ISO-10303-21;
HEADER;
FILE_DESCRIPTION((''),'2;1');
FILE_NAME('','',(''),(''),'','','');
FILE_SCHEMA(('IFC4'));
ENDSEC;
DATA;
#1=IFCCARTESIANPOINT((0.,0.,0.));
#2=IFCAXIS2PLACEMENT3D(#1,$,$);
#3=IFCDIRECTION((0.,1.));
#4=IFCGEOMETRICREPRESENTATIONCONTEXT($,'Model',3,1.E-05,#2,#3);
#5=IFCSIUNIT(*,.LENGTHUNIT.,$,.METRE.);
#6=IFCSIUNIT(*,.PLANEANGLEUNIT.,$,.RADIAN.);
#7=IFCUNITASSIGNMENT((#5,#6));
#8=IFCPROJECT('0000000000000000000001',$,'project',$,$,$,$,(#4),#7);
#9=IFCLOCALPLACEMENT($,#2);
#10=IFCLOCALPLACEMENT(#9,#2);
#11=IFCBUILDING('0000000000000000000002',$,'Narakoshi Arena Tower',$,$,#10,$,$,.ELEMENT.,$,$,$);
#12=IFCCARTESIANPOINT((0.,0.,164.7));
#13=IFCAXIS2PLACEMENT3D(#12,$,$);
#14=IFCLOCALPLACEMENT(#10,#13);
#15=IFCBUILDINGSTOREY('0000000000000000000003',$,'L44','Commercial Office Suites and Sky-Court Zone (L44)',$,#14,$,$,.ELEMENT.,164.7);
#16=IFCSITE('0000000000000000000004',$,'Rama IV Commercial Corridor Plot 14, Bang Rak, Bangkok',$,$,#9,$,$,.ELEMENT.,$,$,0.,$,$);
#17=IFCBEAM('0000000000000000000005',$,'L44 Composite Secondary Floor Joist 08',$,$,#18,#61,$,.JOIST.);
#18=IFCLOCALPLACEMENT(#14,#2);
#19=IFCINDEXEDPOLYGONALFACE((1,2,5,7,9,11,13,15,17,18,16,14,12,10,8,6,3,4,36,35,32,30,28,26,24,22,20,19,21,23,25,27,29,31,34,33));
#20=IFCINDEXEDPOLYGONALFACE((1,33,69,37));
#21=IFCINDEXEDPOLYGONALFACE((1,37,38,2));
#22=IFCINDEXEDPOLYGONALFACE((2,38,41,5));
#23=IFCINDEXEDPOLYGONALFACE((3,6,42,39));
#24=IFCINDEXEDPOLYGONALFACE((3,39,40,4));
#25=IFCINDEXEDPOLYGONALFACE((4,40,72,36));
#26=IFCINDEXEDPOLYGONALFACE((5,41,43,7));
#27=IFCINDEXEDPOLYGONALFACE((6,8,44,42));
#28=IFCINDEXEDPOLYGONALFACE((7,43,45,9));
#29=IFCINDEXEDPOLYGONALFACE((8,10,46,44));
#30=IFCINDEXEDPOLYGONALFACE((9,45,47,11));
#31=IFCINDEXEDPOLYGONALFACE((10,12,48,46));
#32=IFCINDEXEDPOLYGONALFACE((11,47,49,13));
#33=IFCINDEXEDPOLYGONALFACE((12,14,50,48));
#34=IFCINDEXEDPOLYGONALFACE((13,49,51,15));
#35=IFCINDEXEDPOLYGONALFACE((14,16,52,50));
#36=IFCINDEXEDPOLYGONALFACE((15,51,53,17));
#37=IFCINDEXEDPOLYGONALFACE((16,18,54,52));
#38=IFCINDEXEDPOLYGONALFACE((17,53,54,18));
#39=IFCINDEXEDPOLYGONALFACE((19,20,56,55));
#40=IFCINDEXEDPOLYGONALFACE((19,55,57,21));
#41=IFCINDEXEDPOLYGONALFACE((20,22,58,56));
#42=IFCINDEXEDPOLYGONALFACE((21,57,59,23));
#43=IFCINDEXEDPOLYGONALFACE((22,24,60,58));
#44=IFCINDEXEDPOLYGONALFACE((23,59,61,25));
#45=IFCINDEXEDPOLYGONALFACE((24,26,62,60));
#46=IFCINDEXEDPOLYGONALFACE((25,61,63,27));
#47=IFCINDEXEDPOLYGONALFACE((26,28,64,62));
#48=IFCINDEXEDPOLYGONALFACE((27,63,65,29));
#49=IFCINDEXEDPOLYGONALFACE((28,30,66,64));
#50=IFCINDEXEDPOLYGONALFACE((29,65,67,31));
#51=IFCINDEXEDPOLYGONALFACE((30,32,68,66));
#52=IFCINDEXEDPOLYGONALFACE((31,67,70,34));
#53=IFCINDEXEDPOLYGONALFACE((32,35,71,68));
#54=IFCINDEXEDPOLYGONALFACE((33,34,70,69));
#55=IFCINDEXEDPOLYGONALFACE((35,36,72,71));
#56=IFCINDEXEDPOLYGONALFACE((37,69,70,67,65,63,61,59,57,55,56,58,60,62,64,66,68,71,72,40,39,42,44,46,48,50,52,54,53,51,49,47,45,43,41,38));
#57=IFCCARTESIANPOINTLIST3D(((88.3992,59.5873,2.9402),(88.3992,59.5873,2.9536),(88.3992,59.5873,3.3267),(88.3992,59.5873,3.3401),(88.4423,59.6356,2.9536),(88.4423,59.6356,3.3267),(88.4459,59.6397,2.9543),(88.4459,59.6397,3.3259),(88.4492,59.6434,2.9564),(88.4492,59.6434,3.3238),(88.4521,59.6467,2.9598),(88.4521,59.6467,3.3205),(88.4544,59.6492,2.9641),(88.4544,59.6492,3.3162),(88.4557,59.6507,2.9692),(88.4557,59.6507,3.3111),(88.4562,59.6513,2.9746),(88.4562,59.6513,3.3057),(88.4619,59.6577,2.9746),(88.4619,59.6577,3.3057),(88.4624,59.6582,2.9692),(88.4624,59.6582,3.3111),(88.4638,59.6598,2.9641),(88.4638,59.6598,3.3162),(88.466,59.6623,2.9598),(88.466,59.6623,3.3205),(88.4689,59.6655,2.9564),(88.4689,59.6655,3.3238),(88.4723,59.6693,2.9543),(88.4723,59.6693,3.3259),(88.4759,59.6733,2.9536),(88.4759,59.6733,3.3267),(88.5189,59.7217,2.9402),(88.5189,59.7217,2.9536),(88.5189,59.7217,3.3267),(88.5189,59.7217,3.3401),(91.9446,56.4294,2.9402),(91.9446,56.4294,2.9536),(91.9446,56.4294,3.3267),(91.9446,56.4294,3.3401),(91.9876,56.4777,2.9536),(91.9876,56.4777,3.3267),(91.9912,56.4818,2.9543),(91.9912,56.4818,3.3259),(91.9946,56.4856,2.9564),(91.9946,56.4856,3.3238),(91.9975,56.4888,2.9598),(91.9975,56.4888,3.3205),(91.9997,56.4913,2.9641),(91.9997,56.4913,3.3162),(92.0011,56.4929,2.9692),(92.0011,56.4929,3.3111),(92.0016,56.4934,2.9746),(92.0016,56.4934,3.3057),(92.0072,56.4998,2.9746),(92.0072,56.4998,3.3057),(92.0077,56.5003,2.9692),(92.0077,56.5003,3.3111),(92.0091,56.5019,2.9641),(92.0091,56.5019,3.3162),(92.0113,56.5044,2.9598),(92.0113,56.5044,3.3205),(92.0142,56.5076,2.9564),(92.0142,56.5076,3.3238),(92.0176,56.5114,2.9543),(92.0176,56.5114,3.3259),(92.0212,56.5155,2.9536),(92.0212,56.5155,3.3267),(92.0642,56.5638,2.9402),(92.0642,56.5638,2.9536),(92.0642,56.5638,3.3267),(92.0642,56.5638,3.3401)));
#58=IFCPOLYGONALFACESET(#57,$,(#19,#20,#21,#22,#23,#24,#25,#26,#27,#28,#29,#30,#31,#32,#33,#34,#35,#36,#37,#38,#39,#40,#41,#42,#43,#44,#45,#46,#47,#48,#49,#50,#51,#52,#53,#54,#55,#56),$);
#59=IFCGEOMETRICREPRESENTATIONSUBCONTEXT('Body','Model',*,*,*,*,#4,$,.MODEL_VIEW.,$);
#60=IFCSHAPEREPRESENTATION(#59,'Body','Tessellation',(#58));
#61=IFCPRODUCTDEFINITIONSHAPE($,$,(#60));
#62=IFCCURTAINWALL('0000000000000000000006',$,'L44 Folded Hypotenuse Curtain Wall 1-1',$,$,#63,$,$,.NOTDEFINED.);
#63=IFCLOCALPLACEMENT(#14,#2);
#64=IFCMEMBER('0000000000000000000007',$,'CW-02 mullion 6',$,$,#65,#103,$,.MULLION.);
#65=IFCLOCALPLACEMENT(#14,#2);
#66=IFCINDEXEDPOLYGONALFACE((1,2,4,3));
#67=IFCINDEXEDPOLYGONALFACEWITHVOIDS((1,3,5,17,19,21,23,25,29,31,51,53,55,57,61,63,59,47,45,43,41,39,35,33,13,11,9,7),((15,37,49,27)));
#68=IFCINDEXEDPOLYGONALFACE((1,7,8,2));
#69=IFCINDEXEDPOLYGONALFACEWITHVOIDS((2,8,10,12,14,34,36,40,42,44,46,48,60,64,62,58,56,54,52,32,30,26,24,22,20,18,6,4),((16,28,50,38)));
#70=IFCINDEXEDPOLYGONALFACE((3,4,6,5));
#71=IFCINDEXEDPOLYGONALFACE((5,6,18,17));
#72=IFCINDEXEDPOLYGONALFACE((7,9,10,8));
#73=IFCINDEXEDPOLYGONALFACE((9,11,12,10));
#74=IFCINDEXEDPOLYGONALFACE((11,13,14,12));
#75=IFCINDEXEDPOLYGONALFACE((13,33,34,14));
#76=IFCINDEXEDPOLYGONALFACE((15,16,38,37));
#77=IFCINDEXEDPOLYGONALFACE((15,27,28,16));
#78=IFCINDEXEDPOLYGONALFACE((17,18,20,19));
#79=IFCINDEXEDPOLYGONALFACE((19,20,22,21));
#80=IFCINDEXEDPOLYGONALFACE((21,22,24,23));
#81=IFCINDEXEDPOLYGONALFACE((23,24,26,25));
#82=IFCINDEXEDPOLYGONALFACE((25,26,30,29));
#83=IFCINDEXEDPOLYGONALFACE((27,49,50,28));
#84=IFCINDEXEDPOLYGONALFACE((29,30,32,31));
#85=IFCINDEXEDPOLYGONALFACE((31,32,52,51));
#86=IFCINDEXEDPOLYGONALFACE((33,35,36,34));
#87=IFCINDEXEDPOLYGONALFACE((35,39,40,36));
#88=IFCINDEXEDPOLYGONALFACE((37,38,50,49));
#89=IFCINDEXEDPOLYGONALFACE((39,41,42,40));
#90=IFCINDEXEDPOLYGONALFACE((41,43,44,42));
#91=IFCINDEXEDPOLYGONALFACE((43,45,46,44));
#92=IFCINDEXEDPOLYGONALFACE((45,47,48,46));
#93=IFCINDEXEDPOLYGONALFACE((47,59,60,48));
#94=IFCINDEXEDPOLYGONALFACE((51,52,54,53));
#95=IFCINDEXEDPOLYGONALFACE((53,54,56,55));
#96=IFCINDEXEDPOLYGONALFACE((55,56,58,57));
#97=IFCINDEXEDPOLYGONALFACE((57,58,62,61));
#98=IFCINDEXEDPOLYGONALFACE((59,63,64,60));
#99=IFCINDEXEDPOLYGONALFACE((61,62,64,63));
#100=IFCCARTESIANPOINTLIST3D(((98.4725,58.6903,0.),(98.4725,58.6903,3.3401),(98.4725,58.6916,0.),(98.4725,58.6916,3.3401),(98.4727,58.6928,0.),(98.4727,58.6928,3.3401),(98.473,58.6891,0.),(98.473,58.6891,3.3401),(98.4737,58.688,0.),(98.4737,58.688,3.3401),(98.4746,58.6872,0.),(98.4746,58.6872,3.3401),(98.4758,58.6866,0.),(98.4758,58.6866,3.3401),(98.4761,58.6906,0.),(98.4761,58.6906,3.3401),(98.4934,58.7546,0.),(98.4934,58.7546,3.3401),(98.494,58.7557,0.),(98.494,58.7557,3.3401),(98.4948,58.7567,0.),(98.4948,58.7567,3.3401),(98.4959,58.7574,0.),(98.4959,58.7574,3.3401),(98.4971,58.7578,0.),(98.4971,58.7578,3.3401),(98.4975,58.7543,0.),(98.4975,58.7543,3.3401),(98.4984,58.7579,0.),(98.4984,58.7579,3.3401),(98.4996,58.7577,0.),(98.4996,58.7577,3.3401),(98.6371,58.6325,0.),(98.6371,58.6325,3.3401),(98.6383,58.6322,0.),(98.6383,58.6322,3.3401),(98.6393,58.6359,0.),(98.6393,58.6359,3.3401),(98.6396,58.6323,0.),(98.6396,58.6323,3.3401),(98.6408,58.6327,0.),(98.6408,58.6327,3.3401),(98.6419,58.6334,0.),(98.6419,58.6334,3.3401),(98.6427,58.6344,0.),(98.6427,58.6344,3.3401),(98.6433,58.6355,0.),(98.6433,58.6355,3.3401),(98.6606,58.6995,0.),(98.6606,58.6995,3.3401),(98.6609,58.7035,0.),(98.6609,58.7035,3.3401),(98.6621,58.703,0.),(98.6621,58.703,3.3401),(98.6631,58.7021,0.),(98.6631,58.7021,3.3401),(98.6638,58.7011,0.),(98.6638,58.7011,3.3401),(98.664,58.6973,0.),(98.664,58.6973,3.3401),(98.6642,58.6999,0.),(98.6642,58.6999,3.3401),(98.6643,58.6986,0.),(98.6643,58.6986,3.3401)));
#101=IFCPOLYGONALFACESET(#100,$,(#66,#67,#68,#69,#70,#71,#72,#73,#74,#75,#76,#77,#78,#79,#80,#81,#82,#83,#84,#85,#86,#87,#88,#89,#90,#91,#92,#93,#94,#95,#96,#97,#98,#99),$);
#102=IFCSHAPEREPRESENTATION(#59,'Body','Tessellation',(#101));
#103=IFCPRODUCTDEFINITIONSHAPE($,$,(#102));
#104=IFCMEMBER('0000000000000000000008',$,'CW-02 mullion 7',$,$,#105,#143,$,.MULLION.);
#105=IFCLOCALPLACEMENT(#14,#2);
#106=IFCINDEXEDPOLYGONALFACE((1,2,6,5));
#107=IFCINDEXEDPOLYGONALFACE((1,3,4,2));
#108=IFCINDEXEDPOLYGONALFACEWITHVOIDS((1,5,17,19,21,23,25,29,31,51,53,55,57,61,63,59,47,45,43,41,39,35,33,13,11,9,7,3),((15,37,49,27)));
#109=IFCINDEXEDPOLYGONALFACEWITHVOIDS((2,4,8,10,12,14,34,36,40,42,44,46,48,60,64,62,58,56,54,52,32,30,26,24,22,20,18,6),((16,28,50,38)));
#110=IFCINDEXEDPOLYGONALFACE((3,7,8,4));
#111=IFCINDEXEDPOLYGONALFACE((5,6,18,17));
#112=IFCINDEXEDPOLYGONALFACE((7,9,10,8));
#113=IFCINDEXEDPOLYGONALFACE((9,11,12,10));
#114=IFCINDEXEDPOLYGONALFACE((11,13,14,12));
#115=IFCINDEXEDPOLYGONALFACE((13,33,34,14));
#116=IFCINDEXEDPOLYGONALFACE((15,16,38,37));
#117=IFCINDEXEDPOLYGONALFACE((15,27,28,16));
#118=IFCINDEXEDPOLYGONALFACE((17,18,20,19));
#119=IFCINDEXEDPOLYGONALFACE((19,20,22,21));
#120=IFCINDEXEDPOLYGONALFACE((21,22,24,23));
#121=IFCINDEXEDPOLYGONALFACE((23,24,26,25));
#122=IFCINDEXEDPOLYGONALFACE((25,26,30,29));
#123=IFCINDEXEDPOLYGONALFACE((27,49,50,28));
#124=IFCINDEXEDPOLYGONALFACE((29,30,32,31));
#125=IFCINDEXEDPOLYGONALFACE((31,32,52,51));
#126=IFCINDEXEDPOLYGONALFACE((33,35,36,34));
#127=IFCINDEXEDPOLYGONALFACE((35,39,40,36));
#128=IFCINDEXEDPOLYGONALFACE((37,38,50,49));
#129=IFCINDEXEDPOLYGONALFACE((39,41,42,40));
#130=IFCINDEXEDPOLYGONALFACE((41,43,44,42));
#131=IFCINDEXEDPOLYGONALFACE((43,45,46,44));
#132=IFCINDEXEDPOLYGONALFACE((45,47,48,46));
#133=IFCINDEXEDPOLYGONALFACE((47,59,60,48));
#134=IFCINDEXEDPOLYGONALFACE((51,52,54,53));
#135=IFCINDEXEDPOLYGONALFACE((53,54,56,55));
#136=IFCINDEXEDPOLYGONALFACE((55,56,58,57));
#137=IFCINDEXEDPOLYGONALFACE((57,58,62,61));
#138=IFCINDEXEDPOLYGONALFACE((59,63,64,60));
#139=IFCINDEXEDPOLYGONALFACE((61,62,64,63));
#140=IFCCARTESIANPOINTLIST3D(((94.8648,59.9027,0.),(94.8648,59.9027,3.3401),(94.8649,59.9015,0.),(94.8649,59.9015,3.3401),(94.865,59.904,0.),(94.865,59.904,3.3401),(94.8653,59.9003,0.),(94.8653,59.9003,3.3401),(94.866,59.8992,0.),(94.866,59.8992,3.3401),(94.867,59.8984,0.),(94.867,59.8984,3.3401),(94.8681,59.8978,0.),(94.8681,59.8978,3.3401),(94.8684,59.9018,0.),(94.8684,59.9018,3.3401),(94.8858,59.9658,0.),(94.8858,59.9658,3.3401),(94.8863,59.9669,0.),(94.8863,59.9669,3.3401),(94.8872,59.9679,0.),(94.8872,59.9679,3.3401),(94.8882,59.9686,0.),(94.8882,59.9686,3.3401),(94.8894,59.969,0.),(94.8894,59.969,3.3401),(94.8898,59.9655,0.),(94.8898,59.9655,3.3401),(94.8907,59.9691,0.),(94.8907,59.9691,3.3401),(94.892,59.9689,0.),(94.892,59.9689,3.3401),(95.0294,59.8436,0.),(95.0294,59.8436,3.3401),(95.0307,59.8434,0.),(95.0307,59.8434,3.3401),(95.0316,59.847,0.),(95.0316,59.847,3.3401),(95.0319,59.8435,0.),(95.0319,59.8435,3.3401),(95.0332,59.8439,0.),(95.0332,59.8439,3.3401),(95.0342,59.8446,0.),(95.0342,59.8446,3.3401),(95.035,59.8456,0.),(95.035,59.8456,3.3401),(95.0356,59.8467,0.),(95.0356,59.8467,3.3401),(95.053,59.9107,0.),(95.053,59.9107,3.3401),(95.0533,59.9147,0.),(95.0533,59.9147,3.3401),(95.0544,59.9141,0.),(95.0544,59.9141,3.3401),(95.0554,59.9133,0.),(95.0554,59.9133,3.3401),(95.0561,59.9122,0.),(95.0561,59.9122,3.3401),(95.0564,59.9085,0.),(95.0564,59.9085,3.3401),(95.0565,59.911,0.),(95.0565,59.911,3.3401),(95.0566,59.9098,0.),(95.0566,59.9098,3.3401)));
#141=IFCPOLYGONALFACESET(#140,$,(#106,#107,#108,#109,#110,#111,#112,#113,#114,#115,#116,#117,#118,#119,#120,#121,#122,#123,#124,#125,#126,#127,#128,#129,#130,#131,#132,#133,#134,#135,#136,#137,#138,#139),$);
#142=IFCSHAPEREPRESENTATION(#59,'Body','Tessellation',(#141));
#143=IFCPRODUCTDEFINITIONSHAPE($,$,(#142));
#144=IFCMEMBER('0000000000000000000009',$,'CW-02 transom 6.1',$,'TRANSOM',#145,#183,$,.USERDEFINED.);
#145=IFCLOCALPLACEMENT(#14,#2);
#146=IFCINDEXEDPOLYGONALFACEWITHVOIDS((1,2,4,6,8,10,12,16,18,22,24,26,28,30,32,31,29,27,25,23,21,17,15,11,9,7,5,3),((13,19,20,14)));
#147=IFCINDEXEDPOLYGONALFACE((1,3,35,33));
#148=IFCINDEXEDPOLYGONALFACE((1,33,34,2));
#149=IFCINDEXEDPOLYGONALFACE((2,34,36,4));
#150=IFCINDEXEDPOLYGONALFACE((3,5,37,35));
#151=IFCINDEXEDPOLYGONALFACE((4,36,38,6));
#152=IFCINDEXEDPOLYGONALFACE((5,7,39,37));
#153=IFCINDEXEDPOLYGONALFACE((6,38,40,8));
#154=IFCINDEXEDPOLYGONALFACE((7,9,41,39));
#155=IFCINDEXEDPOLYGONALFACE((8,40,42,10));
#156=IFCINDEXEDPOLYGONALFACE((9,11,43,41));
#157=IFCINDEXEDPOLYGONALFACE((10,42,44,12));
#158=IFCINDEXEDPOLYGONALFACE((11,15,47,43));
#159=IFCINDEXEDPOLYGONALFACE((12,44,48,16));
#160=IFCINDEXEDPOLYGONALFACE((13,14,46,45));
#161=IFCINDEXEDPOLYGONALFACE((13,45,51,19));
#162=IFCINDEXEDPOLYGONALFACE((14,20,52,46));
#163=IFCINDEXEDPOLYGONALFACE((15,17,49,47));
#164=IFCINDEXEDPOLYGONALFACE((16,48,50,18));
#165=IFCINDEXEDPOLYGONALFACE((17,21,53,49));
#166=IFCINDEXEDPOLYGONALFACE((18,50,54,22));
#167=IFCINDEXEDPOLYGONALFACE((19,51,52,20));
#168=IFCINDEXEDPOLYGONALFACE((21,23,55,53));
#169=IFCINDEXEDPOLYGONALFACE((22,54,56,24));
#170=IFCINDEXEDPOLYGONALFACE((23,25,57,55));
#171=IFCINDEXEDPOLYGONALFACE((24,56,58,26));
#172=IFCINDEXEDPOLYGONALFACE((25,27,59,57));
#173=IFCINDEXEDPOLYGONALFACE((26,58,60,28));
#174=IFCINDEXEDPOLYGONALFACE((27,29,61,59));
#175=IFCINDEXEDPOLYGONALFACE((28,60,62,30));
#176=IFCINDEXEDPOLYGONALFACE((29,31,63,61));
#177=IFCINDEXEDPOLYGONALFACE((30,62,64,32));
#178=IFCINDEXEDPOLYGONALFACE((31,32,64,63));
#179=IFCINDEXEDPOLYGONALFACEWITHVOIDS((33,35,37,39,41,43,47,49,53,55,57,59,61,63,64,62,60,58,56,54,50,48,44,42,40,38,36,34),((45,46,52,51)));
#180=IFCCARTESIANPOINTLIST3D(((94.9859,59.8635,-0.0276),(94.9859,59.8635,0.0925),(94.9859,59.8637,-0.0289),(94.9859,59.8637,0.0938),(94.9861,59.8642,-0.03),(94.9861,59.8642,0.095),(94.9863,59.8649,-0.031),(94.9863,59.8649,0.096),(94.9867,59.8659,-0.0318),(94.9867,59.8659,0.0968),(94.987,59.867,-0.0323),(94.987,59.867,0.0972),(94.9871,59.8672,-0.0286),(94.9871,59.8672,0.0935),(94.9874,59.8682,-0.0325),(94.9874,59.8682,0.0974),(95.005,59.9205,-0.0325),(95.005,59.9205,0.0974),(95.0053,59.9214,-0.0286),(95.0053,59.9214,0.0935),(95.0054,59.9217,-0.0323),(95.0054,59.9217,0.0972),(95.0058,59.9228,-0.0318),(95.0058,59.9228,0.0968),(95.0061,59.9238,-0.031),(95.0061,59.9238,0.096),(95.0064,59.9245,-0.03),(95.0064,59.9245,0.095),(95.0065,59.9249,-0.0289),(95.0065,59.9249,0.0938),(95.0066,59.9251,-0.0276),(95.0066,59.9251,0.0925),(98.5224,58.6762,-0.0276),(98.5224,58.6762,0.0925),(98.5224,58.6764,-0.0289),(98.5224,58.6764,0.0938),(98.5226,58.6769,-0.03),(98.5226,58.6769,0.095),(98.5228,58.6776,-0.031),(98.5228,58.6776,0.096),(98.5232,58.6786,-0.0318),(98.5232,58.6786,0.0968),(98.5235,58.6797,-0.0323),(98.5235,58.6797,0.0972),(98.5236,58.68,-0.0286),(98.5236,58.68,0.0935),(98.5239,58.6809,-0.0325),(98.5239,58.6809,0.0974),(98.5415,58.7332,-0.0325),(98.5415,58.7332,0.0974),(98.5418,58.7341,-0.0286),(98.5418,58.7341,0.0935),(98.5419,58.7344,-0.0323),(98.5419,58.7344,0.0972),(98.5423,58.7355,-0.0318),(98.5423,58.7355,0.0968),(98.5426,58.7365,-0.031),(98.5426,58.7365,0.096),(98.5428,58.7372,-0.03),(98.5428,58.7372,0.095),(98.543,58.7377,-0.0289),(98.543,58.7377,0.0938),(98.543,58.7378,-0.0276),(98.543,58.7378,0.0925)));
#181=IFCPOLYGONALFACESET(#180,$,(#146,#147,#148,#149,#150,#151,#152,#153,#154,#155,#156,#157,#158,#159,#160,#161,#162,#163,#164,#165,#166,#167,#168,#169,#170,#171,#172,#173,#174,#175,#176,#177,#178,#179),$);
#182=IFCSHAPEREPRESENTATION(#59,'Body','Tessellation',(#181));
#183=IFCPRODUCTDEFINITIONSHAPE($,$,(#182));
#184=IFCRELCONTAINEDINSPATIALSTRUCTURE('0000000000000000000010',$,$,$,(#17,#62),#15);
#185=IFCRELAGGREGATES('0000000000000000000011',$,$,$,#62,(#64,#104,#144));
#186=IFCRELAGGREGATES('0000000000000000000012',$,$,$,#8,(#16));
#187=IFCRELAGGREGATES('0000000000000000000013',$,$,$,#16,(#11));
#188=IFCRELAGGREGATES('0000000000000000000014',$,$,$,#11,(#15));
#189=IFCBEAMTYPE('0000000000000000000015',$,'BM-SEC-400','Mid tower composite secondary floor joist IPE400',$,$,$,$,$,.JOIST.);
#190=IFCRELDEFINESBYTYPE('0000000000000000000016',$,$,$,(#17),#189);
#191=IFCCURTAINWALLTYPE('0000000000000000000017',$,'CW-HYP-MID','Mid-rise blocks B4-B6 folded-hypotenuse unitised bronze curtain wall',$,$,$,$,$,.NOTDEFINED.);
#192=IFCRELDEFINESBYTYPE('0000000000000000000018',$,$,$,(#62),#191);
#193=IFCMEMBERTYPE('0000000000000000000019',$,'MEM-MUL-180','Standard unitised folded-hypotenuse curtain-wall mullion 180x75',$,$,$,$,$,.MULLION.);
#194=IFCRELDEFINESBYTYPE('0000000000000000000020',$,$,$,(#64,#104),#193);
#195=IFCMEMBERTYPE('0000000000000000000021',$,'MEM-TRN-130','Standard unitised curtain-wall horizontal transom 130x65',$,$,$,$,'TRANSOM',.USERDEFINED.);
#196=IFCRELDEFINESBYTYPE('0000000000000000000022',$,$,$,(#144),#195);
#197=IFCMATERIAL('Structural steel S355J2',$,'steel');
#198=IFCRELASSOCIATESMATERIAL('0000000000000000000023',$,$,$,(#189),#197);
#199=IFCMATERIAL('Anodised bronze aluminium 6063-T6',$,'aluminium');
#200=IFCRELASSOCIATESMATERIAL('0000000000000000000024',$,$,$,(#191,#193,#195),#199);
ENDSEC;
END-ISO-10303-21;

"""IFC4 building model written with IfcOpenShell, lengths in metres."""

from ifc_helpers import new_model, si_unit, direction, frame, origin, origin_2d, place, context, subcontext, project, spatial, hollow_rectangle, i_section, extrude, material, material_profile, profile_set, type_object, element, aggregate, save


model = new_model("IFC4")

# Units and contexts
model_context = context("Model", 3, precision=1e-05, world=origin(), true_north=direction((0.0, 1.0)))
body_context = subcontext(model_context, "Body", "Model", "MODEL_VIEW")
ifc_project = project(units=[si_unit("LENGTHUNIT", "METRE"), si_unit("PLANEANGLEUNIT", "RADIAN")], contexts=[model_context])

# Site, building, storey
site_placement = place(None, origin())
site = spatial("IfcSite", under=ifc_project, at=site_placement, Name="Rama IV Commercial Corridor Plot 14, Bang Rak, Bangkok", CompositionType="ELEMENT", RefElevation=0.0)
building_placement = place(site_placement, origin())
building = spatial("IfcBuilding", under=site, at=building_placement, Name="Narakoshi Arena Tower", CompositionType="ELEMENT")
storey_placement = place(building_placement, frame((0.0, 0.0, 164.7)))
storey = spatial("IfcBuildingStorey", under=building, at=storey_placement, Name="L44", Description="Commercial Office Suites and Sky-Court Zone (L44)", CompositionType="ELEMENT", Elevation=164.7)

# Beam
ifc_material_1 = material(Name="Structural steel S355J2", Category="steel")
ifc_material_profile_1 = material_profile(ifc_material_1, i_section(OverallWidth=0.1799, OverallDepth=0.3999, WebThickness=0.0085, FlangeThickness=0.0134, FilletRadius=0.021, at=origin_2d()), Name="IPE400")
ifc_profile_set_1 = profile_set([ifc_material_profile_1], Name="Structural steel S355J2")
beam_type_1 = type_object("IfcBeamType", Name="BM-SEC-400", Description="Mid tower composite secondary floor joist IPE400", PredefinedType="JOIST", material=ifc_profile_set_1)
beam_1_placement = place(storey_placement, frame((92.0044, 56.4966, 3.1401), z_axis=(-0.746731, 0.665126, 0.0), x_axis=(-0.665126, -0.746731, 0.0)))
element("IfcBeam", 1, at=beam_1_placement, inside=storey, type_object=beam_type_1, Name="L44 Composite Secondary Floor Joist 08", PredefinedType="JOIST", context=body_context, shape_type="SweptSolid", body=[
    extrude(i_section(OverallWidth=0.1799, OverallDepth=0.3999, WebThickness=0.0085, FlangeThickness=0.0134, FilletRadius=0.021, at=origin_2d()), origin(), (0.0, 0.0, 1.0), 4.7478),
])

# Curtain wall, members
ifc_material_2 = material(Name="Anodised bronze aluminium 6063-T6", Category="aluminium")
curtain_wall_type = type_object("IfcCurtainWallType", Name="CW-HYP-MID", Description="Mid-rise blocks B4-B6 folded-hypotenuse unitised bronze curtain wall", PredefinedType="NOTDEFINED", material=ifc_material_2)
curtain_wall_placement = place(storey_placement, origin())
curtain_wall = element("IfcCurtainWall", 2, at=curtain_wall_placement, inside=storey, type_object=curtain_wall_type, Name="L44 Folded Hypotenuse Curtain Wall 1-1", PredefinedType="NOTDEFINED")
ifc_material_profile_2 = material_profile(ifc_material_2, hollow_rectangle(XDim=0.075, YDim=0.1799, WallThickness=0.0039, OuterFilletRadius=0.0049, at=origin_2d()), Name="MUL180x75x4")
ifc_profile_set_2 = profile_set([ifc_material_profile_2], Name="Anodised bronze aluminium 6063-T6")
member_type_1 = type_object("IfcMemberType", Name="MEM-MUL-180", Description="Standard unitised folded-hypotenuse curtain-wall mullion 180x75", PredefinedType="MULLION", material=ifc_profile_set_2)
member_1_placement = place(storey_placement, frame((98.5684, 58.6951, 0.0), z_axis=(0.0, 0.0, 1.0), x_axis=(-0.318261, -0.948003, 0.0)))
member_1 = element("IfcMember", 3, at=member_1_placement, type_object=member_type_1, Name="CW-02 mullion 6", PredefinedType="MULLION", context=body_context, shape_type="SweptSolid", body=[
    extrude(hollow_rectangle(XDim=0.075, YDim=0.1799, WallThickness=0.0039, OuterFilletRadius=0.0049, at=origin_2d()), origin(), (0.0, 0.0, 1.0), 3.3401),
])
member_2_placement = place(storey_placement, frame((94.9607, 59.9062, 0.0), z_axis=(0.0, 0.0, 1.0), x_axis=(-0.318261, -0.948003, 0.0)))
member_2 = element("IfcMember", 4, at=member_2_placement, type_object=member_type_1, Name="CW-02 mullion 7", PredefinedType="MULLION", context=body_context, shape_type="SweptSolid", body=[
    extrude(hollow_rectangle(XDim=0.075, YDim=0.1799, WallThickness=0.0039, OuterFilletRadius=0.0049, at=origin_2d()), origin(), (0.0, 0.0, 1.0), 3.3401),
])
ifc_material_profile_3 = material_profile(ifc_material_2, hollow_rectangle(XDim=0.0649, YDim=0.1299, WallThickness=0.0039, OuterFilletRadius=0.0049, at=origin_2d()), Name="TRN130x65x4")
ifc_profile_set_3 = profile_set([ifc_material_profile_3], Name="Anodised bronze aluminium 6063-T6")
member_type_2 = type_object("IfcMemberType", Name="MEM-TRN-130", Description="Standard unitised curtain-wall horizontal transom 130x65", ElementType="TRANSOM", PredefinedType="USERDEFINED", material=ifc_profile_set_3)
member_3_placement = place(storey_placement, frame((98.5327, 58.707, 0.0325), z_axis=(-0.948, 0.318269, 0.0), x_axis=(-0.318269, -0.948, 0.0)))
member_3 = element("IfcMember", 5, at=member_3_placement, type_object=member_type_2, Name="CW-02 transom 6.1", ObjectType="TRANSOM", PredefinedType="USERDEFINED", context=body_context, shape_type="SweptSolid", body=[
    extrude(hollow_rectangle(XDim=0.0649, YDim=0.1299, WallThickness=0.0039, OuterFilletRadius=0.0049, at=origin_2d()), origin(), (0.0, 0.0, 1.0), 3.7305),
])
aggregate(curtain_wall, [member_1, member_2, member_3])

save(model, "model.ifc")
